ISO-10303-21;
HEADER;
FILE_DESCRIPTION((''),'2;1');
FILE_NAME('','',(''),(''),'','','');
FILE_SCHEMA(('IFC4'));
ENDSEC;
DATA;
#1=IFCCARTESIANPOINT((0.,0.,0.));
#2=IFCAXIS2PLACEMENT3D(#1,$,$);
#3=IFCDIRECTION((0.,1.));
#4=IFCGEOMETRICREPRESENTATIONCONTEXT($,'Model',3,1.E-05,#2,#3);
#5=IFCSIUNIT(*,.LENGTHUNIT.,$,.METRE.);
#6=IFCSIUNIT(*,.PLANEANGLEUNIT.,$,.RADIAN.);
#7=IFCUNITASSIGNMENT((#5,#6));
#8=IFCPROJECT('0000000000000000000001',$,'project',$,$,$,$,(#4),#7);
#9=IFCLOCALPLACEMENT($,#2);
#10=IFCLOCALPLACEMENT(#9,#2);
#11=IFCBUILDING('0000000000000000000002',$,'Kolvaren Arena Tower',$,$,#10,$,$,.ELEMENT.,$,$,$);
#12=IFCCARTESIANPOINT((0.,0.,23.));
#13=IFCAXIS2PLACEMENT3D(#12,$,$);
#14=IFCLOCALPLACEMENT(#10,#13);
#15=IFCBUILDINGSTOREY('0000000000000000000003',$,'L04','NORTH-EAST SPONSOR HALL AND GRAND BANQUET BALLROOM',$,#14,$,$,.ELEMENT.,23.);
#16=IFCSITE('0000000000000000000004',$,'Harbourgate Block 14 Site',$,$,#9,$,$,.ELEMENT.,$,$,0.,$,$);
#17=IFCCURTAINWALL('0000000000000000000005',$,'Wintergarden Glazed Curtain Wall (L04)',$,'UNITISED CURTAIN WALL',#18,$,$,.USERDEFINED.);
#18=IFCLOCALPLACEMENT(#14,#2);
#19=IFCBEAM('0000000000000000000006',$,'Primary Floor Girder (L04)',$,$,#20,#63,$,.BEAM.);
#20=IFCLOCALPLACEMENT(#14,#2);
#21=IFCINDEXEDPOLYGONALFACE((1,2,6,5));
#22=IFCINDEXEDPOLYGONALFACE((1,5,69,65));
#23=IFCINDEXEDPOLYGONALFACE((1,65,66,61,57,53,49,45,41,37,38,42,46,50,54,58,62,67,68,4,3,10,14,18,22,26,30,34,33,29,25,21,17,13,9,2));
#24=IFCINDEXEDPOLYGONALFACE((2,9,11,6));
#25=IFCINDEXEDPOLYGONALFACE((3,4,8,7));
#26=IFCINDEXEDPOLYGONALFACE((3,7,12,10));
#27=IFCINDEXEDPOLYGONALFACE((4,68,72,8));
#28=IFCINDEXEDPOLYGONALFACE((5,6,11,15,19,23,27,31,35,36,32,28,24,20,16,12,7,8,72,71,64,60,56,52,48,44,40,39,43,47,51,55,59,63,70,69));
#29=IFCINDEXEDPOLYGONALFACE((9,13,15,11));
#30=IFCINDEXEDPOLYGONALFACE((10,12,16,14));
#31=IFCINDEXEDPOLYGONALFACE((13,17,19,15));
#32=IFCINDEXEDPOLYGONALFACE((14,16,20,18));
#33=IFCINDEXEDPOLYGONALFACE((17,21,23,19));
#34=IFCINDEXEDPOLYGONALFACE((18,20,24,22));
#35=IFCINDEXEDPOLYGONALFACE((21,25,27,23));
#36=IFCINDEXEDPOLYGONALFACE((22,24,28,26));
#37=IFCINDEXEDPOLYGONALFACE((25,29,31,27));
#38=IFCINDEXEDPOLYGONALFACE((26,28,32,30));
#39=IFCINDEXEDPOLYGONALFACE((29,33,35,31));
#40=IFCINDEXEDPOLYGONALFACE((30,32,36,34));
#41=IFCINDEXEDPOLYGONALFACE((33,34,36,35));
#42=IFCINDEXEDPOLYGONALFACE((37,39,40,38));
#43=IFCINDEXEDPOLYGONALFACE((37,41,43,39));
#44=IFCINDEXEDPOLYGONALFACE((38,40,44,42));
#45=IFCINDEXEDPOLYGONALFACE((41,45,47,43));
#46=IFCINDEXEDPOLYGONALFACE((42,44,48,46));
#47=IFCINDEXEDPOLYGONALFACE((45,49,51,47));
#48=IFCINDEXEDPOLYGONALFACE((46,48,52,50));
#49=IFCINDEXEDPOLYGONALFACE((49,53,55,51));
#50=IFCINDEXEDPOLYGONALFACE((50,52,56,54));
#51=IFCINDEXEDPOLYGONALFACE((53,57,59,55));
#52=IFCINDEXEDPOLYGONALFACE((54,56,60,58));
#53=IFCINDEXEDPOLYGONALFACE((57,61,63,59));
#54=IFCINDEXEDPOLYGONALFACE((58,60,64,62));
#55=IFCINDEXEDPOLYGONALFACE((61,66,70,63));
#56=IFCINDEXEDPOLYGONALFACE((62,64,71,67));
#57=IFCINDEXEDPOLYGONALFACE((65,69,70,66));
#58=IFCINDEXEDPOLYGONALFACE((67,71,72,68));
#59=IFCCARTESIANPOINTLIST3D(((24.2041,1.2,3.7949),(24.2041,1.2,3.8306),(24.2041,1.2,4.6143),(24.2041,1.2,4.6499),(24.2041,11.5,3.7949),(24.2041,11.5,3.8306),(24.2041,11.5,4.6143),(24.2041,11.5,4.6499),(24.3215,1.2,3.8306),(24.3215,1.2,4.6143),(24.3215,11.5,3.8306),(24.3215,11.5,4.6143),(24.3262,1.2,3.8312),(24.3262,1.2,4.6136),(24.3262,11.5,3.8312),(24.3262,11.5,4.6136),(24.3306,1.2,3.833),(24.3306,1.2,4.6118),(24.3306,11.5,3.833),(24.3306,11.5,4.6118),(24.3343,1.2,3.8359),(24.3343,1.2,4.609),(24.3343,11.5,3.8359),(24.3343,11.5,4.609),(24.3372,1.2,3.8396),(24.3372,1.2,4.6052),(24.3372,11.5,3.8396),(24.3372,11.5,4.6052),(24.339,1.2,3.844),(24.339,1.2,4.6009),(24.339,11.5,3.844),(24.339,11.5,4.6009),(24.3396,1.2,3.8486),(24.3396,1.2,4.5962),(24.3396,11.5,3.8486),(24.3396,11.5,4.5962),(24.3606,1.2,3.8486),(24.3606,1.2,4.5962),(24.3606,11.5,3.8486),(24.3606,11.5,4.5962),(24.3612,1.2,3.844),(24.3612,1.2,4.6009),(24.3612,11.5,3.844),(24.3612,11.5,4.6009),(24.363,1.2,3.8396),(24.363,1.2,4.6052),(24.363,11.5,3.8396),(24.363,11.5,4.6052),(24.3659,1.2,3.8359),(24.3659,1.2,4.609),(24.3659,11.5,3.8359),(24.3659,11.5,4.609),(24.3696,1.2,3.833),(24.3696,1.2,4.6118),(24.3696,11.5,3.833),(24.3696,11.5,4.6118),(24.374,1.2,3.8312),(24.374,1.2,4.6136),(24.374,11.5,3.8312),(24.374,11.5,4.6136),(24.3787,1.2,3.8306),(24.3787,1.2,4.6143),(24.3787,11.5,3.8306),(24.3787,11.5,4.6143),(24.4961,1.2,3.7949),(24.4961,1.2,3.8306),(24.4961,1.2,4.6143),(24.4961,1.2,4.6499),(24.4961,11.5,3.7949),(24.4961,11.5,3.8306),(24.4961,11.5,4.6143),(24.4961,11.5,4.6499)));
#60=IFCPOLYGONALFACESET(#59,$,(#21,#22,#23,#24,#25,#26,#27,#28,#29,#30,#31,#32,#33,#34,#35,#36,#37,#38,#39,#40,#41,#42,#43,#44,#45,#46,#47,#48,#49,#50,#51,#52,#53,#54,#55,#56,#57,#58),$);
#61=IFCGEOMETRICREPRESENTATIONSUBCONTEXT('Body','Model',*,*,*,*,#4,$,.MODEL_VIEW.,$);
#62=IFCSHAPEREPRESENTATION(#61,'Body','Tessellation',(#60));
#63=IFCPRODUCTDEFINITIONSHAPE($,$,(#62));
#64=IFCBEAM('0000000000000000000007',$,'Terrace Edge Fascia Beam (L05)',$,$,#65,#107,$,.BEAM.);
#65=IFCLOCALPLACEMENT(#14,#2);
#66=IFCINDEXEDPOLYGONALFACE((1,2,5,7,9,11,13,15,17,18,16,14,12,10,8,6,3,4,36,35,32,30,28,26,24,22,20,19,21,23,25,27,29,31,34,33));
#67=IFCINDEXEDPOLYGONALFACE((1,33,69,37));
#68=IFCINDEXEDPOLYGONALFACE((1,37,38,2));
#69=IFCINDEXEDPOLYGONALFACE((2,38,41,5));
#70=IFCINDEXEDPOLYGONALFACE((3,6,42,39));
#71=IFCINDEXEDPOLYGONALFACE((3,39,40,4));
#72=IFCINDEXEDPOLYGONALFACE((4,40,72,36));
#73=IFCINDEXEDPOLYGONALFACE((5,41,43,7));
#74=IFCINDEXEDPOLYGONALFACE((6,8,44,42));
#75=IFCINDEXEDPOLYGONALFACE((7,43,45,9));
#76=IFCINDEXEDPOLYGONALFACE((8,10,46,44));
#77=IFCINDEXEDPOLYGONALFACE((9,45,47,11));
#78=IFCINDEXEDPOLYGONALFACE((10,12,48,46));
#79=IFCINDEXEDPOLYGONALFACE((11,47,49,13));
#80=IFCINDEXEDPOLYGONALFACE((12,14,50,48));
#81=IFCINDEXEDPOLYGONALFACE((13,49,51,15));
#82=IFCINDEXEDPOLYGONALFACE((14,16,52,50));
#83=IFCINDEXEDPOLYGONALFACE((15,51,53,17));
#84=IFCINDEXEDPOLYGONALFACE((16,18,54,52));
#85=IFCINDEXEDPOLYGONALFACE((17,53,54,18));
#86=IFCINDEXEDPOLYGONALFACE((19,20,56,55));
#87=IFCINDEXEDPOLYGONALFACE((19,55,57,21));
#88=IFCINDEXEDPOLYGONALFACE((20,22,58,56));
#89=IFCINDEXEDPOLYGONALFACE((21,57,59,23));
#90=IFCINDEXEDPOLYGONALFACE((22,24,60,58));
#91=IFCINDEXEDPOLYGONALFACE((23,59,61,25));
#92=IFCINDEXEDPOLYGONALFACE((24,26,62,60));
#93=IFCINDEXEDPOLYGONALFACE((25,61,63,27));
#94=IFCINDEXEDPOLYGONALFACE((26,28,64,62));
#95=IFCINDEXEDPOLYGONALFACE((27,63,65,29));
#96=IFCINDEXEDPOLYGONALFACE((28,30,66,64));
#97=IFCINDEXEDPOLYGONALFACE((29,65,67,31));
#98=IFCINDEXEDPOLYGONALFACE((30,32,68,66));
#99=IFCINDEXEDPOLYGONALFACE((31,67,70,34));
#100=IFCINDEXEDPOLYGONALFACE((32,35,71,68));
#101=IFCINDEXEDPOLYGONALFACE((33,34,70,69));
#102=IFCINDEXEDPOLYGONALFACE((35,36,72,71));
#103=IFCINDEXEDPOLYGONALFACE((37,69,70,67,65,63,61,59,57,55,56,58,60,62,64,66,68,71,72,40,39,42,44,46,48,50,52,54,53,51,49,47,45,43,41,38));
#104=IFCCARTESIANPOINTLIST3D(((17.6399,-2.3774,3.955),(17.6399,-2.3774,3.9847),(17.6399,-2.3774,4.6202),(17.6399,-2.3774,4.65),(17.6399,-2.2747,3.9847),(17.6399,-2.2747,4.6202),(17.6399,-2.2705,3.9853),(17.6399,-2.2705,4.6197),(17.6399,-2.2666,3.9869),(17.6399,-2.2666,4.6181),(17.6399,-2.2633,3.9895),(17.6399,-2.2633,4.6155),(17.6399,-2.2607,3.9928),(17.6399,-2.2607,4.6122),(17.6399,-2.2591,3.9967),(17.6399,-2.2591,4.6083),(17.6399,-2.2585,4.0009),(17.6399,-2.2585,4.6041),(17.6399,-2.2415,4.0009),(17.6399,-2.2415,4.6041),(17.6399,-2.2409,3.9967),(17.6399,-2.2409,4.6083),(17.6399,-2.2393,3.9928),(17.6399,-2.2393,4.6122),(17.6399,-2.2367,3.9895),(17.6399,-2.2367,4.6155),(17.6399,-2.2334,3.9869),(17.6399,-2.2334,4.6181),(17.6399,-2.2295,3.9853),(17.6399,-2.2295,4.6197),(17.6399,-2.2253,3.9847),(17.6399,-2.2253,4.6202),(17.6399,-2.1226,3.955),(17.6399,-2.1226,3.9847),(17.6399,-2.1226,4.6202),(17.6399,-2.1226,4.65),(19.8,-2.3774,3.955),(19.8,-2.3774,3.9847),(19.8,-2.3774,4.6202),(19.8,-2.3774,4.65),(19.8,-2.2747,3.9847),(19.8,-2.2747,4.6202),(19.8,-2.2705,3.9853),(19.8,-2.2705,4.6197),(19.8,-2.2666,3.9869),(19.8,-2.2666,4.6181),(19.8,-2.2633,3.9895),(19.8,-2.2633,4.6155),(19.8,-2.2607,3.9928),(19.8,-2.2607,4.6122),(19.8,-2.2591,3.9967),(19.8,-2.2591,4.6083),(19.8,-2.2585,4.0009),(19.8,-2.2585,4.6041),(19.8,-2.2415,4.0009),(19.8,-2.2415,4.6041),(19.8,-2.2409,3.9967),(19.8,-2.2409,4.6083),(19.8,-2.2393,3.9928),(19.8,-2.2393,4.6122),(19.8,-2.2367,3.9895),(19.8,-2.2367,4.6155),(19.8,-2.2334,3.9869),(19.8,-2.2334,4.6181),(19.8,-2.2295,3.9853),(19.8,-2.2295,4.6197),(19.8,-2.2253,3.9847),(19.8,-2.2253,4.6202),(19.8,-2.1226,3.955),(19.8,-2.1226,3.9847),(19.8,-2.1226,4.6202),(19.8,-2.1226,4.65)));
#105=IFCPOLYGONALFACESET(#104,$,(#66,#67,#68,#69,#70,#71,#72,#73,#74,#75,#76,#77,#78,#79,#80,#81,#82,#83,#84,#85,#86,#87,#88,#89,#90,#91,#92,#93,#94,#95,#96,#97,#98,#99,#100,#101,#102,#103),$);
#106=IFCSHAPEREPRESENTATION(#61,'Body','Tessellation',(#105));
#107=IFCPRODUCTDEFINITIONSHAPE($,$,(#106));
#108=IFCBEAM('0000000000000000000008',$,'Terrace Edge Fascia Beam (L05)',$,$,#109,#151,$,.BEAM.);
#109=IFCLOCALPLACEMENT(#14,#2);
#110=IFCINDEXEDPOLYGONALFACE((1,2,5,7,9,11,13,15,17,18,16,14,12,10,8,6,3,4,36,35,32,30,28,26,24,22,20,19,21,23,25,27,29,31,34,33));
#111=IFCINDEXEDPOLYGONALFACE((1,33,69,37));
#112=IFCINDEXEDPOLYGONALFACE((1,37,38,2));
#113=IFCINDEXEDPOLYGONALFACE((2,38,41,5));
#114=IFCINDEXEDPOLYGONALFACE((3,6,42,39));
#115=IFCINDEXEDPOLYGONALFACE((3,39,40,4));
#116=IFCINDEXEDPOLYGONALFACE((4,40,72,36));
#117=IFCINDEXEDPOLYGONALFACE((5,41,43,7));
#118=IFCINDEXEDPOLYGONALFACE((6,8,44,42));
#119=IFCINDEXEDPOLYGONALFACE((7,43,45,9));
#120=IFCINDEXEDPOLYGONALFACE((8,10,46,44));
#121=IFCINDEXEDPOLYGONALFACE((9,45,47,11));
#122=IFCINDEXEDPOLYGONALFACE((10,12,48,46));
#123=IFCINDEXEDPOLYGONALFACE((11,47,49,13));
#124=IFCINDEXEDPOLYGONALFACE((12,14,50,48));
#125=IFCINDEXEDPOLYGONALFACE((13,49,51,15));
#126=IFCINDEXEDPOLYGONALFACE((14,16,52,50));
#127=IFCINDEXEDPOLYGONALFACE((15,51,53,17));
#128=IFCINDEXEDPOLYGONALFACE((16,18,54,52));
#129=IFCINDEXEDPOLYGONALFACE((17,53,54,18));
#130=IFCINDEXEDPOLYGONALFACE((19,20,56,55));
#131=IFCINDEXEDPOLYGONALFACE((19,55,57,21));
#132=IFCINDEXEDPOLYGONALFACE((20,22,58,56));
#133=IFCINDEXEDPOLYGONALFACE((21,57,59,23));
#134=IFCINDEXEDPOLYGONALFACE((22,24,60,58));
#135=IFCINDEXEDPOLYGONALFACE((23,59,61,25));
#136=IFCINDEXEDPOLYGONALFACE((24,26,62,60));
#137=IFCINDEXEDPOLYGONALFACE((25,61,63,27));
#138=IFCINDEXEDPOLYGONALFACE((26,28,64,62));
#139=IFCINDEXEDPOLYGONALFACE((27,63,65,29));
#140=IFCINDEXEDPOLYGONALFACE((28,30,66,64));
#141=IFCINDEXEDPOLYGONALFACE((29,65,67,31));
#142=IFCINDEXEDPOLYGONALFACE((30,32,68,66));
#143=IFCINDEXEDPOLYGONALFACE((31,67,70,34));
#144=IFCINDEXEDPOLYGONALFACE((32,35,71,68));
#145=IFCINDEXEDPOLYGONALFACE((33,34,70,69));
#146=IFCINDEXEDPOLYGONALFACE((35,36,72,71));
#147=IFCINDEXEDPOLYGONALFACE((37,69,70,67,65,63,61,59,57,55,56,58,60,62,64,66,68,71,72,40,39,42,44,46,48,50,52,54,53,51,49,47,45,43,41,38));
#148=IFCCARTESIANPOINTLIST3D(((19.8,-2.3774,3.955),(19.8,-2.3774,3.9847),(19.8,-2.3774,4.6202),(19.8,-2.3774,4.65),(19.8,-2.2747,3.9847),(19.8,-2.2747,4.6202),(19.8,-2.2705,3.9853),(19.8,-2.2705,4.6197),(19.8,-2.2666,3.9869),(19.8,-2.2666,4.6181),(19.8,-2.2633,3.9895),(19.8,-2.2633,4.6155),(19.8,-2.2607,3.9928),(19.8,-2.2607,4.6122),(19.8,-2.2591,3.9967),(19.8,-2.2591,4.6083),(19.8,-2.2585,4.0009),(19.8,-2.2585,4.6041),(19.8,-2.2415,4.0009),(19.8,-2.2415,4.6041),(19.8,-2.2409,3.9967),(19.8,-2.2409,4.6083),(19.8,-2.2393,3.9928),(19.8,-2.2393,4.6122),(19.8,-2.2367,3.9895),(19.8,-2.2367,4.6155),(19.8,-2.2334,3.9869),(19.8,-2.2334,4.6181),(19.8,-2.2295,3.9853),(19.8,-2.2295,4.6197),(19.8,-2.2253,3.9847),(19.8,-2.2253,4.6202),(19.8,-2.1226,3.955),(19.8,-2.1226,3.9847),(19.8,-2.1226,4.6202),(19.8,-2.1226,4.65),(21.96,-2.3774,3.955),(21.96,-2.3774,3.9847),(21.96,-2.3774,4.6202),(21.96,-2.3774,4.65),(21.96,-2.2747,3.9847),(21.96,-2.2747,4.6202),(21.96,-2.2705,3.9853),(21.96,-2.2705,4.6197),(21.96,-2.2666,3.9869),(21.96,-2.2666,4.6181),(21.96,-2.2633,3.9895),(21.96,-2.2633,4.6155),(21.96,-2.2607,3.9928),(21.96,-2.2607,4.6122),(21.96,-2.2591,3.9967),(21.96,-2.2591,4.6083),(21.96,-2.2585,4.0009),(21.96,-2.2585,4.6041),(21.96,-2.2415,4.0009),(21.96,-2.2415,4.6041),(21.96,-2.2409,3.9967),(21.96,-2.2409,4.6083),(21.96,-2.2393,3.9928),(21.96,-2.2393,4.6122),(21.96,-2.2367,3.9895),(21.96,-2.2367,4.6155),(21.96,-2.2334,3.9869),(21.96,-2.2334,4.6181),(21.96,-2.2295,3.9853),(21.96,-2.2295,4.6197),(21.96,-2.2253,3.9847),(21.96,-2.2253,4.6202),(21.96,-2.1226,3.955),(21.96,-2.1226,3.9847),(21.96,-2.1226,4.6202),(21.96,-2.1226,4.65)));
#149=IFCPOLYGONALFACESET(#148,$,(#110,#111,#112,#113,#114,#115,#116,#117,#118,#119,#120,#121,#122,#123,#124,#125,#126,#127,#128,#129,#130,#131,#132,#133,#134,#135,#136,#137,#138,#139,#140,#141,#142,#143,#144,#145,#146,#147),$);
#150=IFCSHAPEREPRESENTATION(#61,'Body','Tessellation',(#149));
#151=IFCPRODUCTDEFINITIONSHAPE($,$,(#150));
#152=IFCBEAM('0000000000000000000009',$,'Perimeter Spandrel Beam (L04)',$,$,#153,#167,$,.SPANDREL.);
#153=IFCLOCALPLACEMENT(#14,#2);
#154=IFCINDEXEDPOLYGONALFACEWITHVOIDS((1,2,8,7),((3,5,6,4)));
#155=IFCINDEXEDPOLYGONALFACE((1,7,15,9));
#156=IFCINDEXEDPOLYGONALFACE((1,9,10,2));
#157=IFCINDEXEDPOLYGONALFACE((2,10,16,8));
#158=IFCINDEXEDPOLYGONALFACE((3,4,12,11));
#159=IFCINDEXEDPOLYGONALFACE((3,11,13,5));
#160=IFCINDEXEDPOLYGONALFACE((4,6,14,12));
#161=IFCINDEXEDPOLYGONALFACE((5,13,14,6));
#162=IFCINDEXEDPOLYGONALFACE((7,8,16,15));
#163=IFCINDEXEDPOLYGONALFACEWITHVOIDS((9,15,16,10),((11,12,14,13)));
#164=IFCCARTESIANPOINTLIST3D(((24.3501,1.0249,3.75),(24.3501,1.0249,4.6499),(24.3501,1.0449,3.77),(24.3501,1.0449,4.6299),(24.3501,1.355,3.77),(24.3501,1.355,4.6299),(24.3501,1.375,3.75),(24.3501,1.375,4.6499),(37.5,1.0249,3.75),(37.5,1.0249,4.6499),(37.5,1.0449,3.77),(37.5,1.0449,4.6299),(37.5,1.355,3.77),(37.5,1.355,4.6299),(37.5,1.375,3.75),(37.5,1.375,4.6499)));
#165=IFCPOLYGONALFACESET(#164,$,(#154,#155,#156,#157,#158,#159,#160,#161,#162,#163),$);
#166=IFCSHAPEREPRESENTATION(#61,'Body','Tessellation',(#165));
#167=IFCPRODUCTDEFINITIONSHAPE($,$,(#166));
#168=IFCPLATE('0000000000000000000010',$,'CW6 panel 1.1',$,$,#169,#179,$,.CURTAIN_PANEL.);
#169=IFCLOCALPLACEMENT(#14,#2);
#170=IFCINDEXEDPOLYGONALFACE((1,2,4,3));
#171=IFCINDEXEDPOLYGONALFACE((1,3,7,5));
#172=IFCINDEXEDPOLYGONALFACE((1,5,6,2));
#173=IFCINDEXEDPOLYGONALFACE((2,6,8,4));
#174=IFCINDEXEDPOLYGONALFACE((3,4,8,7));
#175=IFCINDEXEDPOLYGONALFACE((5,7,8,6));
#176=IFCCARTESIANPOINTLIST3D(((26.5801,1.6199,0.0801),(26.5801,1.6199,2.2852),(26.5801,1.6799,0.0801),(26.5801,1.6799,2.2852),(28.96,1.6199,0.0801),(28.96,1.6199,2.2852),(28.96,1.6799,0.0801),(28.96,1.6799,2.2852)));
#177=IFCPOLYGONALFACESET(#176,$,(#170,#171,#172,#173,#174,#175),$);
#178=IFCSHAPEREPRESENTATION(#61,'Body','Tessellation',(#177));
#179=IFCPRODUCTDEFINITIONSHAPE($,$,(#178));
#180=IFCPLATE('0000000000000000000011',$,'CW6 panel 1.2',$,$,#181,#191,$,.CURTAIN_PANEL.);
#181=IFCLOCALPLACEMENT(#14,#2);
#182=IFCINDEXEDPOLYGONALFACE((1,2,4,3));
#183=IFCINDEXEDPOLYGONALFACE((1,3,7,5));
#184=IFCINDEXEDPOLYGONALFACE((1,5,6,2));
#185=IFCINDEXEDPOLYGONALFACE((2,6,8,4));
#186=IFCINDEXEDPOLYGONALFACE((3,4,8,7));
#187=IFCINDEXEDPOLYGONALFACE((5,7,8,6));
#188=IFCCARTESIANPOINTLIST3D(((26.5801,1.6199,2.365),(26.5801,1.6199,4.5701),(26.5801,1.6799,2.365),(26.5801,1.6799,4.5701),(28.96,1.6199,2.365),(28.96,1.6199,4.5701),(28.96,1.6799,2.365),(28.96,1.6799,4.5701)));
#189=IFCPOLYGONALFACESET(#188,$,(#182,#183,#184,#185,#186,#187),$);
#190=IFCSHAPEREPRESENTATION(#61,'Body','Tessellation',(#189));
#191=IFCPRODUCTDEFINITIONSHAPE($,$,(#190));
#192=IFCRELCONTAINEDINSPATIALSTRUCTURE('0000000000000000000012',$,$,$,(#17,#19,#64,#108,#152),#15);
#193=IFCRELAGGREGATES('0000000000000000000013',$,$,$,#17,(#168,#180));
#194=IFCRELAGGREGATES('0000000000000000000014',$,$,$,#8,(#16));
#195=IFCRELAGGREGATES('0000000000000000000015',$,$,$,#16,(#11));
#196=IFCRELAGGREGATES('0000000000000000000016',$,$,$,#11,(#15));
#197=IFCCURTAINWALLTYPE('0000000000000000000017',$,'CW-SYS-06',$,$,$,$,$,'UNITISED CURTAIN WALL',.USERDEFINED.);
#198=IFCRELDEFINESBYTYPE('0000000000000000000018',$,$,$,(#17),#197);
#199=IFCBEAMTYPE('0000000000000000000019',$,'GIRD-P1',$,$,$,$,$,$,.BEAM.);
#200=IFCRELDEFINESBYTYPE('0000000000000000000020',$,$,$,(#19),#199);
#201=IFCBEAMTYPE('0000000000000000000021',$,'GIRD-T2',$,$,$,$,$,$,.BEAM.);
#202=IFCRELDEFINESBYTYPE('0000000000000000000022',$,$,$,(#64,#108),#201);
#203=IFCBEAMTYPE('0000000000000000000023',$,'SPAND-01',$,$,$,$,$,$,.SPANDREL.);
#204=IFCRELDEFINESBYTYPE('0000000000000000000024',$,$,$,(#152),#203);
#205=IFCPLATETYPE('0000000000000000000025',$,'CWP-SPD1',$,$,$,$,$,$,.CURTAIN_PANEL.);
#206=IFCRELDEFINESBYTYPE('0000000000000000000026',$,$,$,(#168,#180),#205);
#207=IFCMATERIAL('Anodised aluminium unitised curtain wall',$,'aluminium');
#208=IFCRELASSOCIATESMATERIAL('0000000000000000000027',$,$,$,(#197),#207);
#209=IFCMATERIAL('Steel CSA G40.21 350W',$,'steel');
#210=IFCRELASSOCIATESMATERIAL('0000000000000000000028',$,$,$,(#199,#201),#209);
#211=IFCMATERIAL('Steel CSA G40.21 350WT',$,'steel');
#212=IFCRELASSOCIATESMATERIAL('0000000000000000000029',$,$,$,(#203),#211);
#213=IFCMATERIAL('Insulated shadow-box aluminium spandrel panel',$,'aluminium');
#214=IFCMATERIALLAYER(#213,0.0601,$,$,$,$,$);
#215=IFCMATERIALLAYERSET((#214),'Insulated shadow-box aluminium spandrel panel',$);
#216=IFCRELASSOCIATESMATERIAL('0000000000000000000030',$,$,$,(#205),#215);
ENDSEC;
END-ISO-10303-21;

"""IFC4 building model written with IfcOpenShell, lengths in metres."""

from ifc_helpers import new_model, si_unit, direction, frame, origin, origin_2d, place, context, subcontext, project, spatial, rectangle, hollow_rectangle, i_section, extrude, material, layer, layer_set, material_profile, profile_set, type_object, element, aggregate, save


model = new_model("IFC4")

# Units and contexts
model_context = context("Model", 3, precision=1e-05, world=origin(), true_north=direction((0.0, 1.0)))
body_context = subcontext(model_context, "Body", "Model", "MODEL_VIEW")
ifc_project = project(units=[si_unit("LENGTHUNIT", "METRE"), si_unit("PLANEANGLEUNIT", "RADIAN")], contexts=[model_context])

# Site, building, storey
site_placement = place(None, origin())
site = spatial("IfcSite", under=ifc_project, at=site_placement, Name="Harbourgate Block 14 Site", CompositionType="ELEMENT", RefElevation=0.0)
building_placement = place(site_placement, origin())
building = spatial("IfcBuilding", under=site, at=building_placement, Name="Kolvaren Arena Tower", CompositionType="ELEMENT")
storey_placement = place(building_placement, frame((0.0, 0.0, 23.0)))
storey = spatial("IfcBuildingStorey", under=building, at=storey_placement, Name="L04", Description="NORTH-EAST SPONSOR HALL AND GRAND BANQUET BALLROOM", CompositionType="ELEMENT", Elevation=23.0)

# Shared definitions
ifc_material_1 = material(Name="Steel CSA G40.21 350W", Category="steel")

# Curtain wall
ifc_material_2 = material(Name="Anodised aluminium unitised curtain wall", Category="aluminium")
curtain_wall_type = type_object("IfcCurtainWallType", Name="CW-SYS-06", ElementType="UNITISED CURTAIN WALL", PredefinedType="USERDEFINED", material=ifc_material_2)
curtain_wall_placement = place(storey_placement, origin())
curtain_wall = element("IfcCurtainWall", 1, at=curtain_wall_placement, inside=storey, type_object=curtain_wall_type, Name="Wintergarden Glazed Curtain Wall (L04)", ObjectType="UNITISED CURTAIN WALL", PredefinedType="USERDEFINED")

# Beams
ifc_material_profile_1 = material_profile(ifc_material_1, i_section(OverallWidth=0.292, OverallDepth=0.855, WebThickness=0.021, FlangeThickness=0.0356, FilletRadius=0.0181, at=origin_2d()), Name="W840x299")
ifc_profile_set_1 = profile_set([ifc_material_profile_1], Name="Steel CSA G40.21 350W")
beam_type_1 = type_object("IfcBeamType", Name="GIRD-P1", PredefinedType="BEAM", material=ifc_profile_set_1)
beam_1_placement = place(storey_placement, frame((24.3501, 1.2, 4.2224), z_axis=(0.0, 1.0, 0.0), x_axis=(-1.0, 0.0, 0.0)))
element("IfcBeam", 2, at=beam_1_placement, inside=storey, type_object=beam_type_1, Name="Primary Floor Girder (L04)", PredefinedType="BEAM", context=body_context, shape_type="SweptSolid", body=[
    extrude(i_section(OverallWidth=0.292, OverallDepth=0.855, WebThickness=0.021, FlangeThickness=0.0356, FilletRadius=0.0181, at=origin_2d()), origin(), (0.0, 0.0, 1.0), 10.3),
])
ifc_material_profile_2 = material_profile(ifc_material_1, i_section(OverallWidth=0.2549, OverallDepth=0.6951, WebThickness=0.0171, FlangeThickness=0.0298, FilletRadius=0.0161, at=origin_2d()), Name="W690x217")
ifc_profile_set_2 = profile_set([ifc_material_profile_2], Name="Steel CSA G40.21 350W")
beam_type_2 = type_object("IfcBeamType", Name="GIRD-T2", PredefinedType="BEAM", material=ifc_profile_set_2)
beam_2_placement = place(storey_placement, frame((17.6399, -2.25, 4.3025), z_axis=(1.0, 0.0, 0.0), x_axis=(0.0, 1.0, 0.0)))
element("IfcBeam", 3, at=beam_2_placement, inside=storey, type_object=beam_type_2, Name="Terrace Edge Fascia Beam (L05)", PredefinedType="BEAM", context=body_context, shape_type="SweptSolid", body=[
    extrude(i_section(OverallWidth=0.2549, OverallDepth=0.6951, WebThickness=0.0171, FlangeThickness=0.0298, FilletRadius=0.0161, at=origin_2d()), origin(), (0.0, 0.0, 1.0), 2.1602),
])
beam_3_placement = place(storey_placement, frame((19.8, -2.25, 4.3025), z_axis=(1.0, 0.0, 0.0), x_axis=(0.0, 1.0, 0.0)))
element("IfcBeam", 4, at=beam_3_placement, inside=storey, type_object=beam_type_2, Name="Terrace Edge Fascia Beam (L05)", PredefinedType="BEAM", context=body_context, shape_type="SweptSolid", body=[
    extrude(i_section(OverallWidth=0.2549, OverallDepth=0.6951, WebThickness=0.0171, FlangeThickness=0.0298, FilletRadius=0.0161, at=origin_2d()), origin(), (0.0, 0.0, 1.0), 2.1599),
])
ifc_material_3 = material(Name="Steel CSA G40.21 350WT", Category="steel")
ifc_material_profile_3 = material_profile(ifc_material_3, hollow_rectangle(XDim=0.3501, YDim=0.8999, WallThickness=0.02, at=origin_2d()), Name="HSS 900x350x20")
ifc_profile_set_3 = profile_set([ifc_material_profile_3], Name="Steel CSA G40.21 350WT")
beam_type_3 = type_object("IfcBeamType", Name="SPAND-01", PredefinedType="SPANDREL", material=ifc_profile_set_3)
beam_4_placement = place(storey_placement, frame((24.3501, 1.2, 4.2), z_axis=(1.0, 0.0, 0.0), x_axis=(0.0, 1.0, 0.0)))
element("IfcBeam", 5, at=beam_4_placement, inside=storey, type_object=beam_type_3, Name="Perimeter Spandrel Beam (L04)", PredefinedType="SPANDREL", context=body_context, shape_type="SweptSolid", body=[
    extrude(hollow_rectangle(XDim=0.3501, YDim=0.8999, WallThickness=0.02, at=origin_2d()), origin(), (0.0, 0.0, 1.0), 13.1499),
])

# Plates
ifc_material_4 = material(Name="Insulated shadow-box aluminium spandrel panel", Category="aluminium")
ifc_layer_1 = layer(ifc_material_4, 0.0601)
ifc_layer_set_1 = layer_set([ifc_layer_1], Name="Insulated shadow-box aluminium spandrel panel")
plate_type = type_object("IfcPlateType", Name="CWP-SPD1", PredefinedType="CURTAIN_PANEL", material=ifc_layer_set_1)
plate_1_placement = place(storey_placement, frame((27.77, 1.6499, 0.0801), z_axis=(0.0, 0.0, 1.0), x_axis=(1.0, 0.0, 0.0)))
plate_1 = element("IfcPlate", 6, at=plate_1_placement, type_object=plate_type, Name="CW6 panel 1.1", PredefinedType="CURTAIN_PANEL", context=body_context, shape_type="SweptSolid", body=[
    extrude(rectangle(XDim=2.3799, YDim=0.0601, at=origin_2d()), origin(), (0.0, 0.0, 1.0), 2.2051),
])
plate_2_placement = place(storey_placement, frame((27.77, 1.6499, 2.365), z_axis=(0.0, 0.0, 1.0), x_axis=(1.0, 0.0, 0.0)))
plate_2 = element("IfcPlate", 7, at=plate_2_placement, type_object=plate_type, Name="CW6 panel 1.2", PredefinedType="CURTAIN_PANEL", context=body_context, shape_type="SweptSolid", body=[
    extrude(rectangle(XDim=2.3799, YDim=0.0601, at=origin_2d()), origin(), (0.0, 0.0, 1.0), 2.2051),
])
aggregate(curtain_wall, [plate_1, plate_2])

save(model, "model.ifc")
